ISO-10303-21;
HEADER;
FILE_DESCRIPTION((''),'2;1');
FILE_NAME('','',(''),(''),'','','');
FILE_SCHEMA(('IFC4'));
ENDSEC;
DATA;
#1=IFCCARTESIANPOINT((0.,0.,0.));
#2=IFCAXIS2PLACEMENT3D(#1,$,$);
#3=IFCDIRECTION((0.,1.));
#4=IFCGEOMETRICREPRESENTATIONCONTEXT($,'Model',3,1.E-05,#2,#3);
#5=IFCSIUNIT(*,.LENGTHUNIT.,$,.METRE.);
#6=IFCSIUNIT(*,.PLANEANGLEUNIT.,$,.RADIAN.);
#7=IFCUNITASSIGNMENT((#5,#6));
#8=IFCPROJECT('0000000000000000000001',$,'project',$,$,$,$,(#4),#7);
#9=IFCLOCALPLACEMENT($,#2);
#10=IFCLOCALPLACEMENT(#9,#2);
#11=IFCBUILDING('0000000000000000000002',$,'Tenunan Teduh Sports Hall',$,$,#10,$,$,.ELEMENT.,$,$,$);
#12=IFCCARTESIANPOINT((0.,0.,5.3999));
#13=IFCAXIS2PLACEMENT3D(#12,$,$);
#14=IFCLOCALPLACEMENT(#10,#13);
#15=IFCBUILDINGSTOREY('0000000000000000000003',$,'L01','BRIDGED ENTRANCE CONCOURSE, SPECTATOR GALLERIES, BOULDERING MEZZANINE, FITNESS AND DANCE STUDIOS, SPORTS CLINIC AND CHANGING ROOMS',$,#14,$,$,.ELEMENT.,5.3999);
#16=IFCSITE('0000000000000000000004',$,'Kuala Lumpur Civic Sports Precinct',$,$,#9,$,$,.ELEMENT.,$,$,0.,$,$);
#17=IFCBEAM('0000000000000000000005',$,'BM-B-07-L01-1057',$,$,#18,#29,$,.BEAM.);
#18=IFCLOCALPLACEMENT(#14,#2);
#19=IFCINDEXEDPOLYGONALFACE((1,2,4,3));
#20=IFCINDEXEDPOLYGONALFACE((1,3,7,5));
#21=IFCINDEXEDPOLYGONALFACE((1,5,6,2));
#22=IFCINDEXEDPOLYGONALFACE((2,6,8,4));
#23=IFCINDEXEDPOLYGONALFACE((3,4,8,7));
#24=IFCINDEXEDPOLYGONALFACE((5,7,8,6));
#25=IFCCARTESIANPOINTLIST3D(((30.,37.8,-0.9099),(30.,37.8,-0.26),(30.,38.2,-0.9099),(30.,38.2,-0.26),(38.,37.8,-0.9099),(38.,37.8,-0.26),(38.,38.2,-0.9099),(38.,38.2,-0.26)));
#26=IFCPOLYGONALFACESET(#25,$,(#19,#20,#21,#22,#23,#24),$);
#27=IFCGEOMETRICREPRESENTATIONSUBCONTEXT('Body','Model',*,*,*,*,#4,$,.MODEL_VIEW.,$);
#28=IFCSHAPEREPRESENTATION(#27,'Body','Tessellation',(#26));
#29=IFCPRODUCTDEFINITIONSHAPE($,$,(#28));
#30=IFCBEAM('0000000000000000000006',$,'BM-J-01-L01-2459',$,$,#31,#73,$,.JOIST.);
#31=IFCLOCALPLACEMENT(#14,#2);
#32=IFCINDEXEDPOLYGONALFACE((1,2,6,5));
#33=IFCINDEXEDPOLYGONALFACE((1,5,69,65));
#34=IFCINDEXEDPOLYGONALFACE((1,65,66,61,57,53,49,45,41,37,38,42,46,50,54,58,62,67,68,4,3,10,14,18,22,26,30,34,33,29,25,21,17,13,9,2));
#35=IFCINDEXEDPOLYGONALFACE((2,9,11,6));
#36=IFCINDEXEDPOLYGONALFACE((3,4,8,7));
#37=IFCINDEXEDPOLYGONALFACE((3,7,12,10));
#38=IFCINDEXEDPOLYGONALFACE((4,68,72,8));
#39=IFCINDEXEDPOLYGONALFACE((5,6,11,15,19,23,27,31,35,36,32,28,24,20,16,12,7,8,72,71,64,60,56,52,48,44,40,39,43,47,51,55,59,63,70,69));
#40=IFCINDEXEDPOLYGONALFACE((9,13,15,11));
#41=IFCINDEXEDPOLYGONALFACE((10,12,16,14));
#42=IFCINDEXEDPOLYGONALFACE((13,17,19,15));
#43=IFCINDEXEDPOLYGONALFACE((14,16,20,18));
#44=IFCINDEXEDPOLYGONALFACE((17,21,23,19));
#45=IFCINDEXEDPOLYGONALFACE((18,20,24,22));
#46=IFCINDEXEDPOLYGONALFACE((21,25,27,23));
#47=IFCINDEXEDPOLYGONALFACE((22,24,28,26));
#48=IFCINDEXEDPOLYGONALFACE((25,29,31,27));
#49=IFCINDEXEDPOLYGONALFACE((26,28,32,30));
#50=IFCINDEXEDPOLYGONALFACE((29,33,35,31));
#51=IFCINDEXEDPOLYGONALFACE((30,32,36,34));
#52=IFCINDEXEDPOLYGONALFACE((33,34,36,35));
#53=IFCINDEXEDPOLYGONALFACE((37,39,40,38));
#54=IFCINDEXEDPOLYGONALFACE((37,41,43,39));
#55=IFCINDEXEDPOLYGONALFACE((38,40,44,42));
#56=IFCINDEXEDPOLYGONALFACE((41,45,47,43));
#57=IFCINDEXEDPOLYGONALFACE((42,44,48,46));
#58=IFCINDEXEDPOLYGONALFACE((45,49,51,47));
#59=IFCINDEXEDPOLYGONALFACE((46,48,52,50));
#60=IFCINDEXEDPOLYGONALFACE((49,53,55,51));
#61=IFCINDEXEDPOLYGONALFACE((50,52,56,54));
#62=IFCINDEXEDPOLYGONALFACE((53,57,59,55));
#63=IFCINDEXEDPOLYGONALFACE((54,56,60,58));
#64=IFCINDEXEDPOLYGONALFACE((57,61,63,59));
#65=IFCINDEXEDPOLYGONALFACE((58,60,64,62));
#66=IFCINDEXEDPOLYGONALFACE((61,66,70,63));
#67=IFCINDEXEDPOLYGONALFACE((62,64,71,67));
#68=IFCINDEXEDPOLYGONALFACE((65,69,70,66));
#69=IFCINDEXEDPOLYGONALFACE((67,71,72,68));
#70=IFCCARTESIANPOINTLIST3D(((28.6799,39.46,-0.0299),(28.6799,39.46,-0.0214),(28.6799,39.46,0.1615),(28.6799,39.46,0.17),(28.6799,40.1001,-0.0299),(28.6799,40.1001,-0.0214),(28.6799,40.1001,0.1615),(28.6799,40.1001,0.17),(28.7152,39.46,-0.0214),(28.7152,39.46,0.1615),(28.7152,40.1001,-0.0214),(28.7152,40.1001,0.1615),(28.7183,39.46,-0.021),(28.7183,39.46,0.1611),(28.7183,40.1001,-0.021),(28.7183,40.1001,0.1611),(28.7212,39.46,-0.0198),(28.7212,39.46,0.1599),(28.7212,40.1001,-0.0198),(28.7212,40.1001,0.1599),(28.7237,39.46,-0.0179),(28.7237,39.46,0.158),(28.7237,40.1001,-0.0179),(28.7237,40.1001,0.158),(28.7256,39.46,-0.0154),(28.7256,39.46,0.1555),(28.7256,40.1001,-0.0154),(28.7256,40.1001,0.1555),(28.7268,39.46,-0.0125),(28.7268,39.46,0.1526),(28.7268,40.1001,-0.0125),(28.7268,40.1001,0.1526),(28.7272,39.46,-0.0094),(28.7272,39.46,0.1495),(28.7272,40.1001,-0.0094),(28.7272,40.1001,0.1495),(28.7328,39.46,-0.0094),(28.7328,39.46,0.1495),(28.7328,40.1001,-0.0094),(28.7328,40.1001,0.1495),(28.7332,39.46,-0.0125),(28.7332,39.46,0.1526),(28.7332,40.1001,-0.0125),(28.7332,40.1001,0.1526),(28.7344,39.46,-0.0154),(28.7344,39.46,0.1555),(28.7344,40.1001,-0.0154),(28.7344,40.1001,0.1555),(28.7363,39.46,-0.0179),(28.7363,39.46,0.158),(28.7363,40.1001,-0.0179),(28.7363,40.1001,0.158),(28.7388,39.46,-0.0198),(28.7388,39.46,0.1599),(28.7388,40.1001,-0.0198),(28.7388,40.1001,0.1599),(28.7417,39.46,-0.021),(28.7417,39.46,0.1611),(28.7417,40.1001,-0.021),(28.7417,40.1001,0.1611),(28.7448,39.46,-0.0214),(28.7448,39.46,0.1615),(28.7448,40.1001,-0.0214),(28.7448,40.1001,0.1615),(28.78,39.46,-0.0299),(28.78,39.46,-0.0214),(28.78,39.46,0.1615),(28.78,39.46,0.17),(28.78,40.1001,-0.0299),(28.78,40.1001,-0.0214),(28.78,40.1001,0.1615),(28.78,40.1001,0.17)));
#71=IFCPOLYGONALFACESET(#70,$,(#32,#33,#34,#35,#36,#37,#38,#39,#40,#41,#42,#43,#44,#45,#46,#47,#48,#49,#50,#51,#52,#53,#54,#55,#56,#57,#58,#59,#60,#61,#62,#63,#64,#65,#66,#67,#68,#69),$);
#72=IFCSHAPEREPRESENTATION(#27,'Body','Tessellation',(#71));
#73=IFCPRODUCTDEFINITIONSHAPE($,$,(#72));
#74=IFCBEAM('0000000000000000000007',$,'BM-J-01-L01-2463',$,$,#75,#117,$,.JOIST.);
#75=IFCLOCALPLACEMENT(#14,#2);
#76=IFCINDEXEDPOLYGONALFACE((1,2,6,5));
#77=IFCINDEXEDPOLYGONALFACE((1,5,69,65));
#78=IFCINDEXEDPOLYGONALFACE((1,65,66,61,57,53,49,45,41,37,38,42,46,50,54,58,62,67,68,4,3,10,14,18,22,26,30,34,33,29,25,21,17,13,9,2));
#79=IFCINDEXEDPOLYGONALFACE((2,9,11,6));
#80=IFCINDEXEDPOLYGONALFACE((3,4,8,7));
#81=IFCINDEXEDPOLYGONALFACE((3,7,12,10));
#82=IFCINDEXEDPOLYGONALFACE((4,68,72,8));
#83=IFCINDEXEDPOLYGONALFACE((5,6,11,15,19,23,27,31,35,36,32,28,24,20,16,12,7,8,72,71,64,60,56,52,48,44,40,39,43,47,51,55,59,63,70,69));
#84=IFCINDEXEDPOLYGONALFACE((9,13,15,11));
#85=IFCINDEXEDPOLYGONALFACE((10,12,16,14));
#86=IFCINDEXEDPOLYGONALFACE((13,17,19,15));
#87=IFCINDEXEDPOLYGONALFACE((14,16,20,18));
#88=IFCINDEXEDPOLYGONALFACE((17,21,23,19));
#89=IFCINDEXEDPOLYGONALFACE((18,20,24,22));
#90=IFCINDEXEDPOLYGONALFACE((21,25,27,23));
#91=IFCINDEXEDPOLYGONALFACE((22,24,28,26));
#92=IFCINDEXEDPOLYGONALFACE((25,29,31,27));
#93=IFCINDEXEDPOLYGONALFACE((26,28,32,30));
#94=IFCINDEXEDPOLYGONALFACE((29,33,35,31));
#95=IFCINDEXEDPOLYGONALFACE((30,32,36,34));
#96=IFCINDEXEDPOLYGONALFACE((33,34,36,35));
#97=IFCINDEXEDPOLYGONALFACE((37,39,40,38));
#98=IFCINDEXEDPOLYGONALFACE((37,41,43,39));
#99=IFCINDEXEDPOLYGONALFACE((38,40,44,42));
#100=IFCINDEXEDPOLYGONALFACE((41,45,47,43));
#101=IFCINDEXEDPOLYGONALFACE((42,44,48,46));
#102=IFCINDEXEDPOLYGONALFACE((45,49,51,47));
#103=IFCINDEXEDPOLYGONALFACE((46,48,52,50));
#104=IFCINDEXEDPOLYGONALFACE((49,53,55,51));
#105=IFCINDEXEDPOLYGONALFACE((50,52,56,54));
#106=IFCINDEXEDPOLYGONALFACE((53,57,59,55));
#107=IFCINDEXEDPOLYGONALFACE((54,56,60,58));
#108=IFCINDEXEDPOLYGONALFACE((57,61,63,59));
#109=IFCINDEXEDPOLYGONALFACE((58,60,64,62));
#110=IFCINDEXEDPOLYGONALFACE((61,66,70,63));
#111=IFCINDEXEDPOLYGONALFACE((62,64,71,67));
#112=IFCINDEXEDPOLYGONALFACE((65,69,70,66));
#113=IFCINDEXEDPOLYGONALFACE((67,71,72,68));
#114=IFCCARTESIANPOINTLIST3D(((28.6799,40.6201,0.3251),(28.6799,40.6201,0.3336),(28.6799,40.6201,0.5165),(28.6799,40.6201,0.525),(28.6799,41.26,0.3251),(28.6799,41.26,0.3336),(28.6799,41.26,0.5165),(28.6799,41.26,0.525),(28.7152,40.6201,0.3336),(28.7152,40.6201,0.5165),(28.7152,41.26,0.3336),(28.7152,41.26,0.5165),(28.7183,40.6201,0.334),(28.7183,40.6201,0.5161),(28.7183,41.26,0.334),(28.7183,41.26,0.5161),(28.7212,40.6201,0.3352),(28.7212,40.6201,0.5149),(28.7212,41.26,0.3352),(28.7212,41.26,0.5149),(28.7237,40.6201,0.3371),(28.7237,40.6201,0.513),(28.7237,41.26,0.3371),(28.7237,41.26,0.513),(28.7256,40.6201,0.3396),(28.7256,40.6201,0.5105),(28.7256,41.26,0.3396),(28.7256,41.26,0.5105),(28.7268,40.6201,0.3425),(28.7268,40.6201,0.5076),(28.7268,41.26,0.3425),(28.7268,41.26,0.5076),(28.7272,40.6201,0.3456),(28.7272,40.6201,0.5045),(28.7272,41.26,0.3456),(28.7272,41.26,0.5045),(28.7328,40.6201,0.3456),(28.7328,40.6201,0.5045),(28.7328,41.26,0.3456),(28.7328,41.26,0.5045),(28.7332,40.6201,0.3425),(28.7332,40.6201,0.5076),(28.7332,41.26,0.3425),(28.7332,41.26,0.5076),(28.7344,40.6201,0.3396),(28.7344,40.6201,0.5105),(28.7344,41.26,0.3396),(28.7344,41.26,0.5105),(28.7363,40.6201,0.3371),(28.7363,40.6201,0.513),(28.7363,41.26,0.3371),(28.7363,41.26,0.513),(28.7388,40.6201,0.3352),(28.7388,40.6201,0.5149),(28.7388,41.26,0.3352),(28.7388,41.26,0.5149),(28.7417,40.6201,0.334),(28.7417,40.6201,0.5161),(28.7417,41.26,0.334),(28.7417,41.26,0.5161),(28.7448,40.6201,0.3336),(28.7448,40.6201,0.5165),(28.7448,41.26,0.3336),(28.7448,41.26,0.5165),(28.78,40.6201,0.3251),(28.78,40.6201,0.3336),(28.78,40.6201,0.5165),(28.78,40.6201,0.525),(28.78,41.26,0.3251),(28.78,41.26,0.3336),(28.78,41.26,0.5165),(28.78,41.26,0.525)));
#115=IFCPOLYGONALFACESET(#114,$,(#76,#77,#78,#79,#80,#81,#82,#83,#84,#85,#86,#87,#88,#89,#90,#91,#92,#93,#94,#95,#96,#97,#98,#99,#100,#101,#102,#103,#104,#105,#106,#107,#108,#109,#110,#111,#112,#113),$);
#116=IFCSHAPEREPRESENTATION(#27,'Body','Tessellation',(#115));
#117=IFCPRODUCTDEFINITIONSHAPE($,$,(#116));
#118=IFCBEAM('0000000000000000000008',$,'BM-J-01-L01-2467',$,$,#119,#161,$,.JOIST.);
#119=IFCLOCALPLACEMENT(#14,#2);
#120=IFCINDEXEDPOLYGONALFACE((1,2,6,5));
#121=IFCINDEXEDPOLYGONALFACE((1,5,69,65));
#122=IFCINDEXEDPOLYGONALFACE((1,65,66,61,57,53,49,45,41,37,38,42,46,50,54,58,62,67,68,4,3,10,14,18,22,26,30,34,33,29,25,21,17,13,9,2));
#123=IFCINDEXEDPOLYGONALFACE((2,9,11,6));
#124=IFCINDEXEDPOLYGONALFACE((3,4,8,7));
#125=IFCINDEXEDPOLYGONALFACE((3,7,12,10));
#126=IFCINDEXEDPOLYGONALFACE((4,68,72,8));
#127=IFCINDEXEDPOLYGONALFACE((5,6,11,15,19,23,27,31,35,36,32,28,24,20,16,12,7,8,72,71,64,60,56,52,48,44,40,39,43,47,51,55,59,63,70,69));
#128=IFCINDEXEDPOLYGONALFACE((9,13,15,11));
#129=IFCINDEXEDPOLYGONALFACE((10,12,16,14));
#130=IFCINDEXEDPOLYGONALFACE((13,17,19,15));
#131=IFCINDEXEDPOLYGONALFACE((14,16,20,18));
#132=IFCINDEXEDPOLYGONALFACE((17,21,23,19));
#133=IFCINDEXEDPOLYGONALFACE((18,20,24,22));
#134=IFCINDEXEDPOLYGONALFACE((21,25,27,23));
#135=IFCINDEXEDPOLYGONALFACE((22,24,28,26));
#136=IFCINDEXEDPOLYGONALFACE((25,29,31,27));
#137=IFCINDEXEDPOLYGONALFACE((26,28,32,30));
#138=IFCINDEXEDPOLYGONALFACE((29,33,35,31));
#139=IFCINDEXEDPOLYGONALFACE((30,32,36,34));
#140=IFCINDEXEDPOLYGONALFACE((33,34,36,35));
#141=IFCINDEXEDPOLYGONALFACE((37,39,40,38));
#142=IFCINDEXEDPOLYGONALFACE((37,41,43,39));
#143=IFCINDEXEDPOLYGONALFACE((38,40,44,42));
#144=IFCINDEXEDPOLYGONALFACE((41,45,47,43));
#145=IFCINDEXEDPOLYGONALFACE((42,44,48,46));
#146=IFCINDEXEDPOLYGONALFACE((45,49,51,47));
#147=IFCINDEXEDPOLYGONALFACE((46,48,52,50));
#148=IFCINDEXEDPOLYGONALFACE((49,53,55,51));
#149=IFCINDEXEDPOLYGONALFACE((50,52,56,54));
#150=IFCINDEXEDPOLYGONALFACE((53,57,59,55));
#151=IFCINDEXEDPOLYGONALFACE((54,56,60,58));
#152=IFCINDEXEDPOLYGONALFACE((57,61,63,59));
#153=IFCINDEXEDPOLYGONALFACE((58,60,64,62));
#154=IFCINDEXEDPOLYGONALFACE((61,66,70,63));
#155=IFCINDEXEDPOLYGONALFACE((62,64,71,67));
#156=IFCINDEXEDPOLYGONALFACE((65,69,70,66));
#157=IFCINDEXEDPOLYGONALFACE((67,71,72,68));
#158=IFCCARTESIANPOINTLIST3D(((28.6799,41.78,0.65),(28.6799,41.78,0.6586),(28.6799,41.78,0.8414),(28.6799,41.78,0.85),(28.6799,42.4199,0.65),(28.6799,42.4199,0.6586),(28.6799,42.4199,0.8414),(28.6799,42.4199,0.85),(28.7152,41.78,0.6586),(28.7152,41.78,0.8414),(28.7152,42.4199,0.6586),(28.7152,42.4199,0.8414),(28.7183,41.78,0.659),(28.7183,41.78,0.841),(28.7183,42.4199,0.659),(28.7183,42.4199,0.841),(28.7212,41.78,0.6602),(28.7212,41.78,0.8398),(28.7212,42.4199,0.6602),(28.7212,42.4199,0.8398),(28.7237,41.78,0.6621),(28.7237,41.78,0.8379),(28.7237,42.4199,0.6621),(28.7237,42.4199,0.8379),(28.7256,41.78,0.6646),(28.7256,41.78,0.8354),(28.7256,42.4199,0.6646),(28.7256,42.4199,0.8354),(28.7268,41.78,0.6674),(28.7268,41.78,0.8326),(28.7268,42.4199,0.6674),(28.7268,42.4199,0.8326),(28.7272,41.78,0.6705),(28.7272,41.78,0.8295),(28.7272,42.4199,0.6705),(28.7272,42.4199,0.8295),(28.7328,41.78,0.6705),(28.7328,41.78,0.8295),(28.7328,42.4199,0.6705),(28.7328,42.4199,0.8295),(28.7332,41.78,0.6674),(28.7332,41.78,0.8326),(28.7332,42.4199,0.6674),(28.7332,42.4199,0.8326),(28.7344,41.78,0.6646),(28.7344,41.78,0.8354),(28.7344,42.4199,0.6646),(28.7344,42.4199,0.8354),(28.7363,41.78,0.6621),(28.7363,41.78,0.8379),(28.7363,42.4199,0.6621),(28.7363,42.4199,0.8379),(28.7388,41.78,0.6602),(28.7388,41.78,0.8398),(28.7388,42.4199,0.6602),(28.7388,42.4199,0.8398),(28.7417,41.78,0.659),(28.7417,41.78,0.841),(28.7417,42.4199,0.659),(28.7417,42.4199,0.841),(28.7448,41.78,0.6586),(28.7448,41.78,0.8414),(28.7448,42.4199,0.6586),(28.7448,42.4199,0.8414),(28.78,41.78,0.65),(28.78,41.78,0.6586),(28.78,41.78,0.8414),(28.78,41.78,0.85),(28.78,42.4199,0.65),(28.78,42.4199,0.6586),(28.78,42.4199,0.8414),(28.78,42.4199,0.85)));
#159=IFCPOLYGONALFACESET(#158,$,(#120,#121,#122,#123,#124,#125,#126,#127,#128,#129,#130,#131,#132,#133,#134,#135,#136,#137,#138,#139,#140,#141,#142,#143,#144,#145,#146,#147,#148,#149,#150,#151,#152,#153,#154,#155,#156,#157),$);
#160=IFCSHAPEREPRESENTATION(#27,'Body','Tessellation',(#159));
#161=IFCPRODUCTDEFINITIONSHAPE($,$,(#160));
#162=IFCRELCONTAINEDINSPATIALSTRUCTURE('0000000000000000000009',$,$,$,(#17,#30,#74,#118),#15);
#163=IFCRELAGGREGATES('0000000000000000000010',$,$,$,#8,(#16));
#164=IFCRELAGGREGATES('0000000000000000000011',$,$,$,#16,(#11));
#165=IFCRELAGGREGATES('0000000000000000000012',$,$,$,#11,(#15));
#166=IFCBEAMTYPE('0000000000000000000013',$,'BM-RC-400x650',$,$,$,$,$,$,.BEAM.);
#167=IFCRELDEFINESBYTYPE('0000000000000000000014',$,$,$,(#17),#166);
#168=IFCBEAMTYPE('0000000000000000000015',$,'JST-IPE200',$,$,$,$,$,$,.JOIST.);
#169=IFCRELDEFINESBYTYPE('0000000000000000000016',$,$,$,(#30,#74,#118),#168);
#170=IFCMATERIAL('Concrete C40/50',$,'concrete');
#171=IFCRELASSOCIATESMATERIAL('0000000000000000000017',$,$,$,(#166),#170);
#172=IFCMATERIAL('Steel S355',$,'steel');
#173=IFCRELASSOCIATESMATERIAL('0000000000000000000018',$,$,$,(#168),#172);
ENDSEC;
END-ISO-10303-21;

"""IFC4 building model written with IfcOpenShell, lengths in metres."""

from ifc_helpers import new_model, si_unit, direction, frame, origin, origin_2d, place, context, subcontext, project, spatial, rectangle, i_section, extrude, material, material_profile, profile_set, type_object, element, save


model = new_model("IFC4")

# Units and contexts
model_context = context("Model", 3, precision=1e-05, world=origin(), true_north=direction((0.0, 1.0)))
body_context = subcontext(model_context, "Body", "Model", "MODEL_VIEW")
ifc_project = project(units=[si_unit("LENGTHUNIT", "METRE"), si_unit("PLANEANGLEUNIT", "RADIAN")], contexts=[model_context])

# Site, building, storey
site_placement = place(None, origin())
site = spatial("IfcSite", under=ifc_project, at=site_placement, Name="Kuala Lumpur Civic Sports Precinct", CompositionType="ELEMENT", RefElevation=0.0)
building_placement = place(site_placement, origin())
building = spatial("IfcBuilding", under=site, at=building_placement, Name="Tenunan Teduh Sports Hall", CompositionType="ELEMENT")
storey_placement = place(building_placement, frame((0.0, 0.0, 5.3999)))
storey = spatial("IfcBuildingStorey", under=building, at=storey_placement, Name="L01", Description="BRIDGED ENTRANCE CONCOURSE, SPECTATOR GALLERIES, BOULDERING MEZZANINE, FITNESS AND DANCE STUDIOS, SPORTS CLINIC AND CHANGING ROOMS", CompositionType="ELEMENT", Elevation=5.3999)

# Beams
ifc_material_1 = material(Name="Concrete C40/50", Category="concrete")
ifc_material_profile_1 = material_profile(ifc_material_1, rectangle(XDim=0.3999, YDim=0.6499, at=origin_2d()), Name="RCB 400x650")
ifc_profile_set_1 = profile_set([ifc_material_profile_1], Name="Concrete C40/50")
beam_type_1 = type_object("IfcBeamType", Name="BM-RC-400x650", PredefinedType="BEAM", material=ifc_profile_set_1)
beam_1_placement = place(storey_placement, frame((30.0, 38.0, -0.585), z_axis=(1.0, 0.0, 0.0), x_axis=(0.0, 1.0, 0.0)))
element("IfcBeam", 1, at=beam_1_placement, inside=storey, type_object=beam_type_1, Name="BM-B-07-L01-1057", PredefinedType="BEAM", context=body_context, shape_type="SweptSolid", body=[
    extrude(rectangle(XDim=0.3999, YDim=0.6499, at=origin_2d()), origin(), (0.0, 0.0, 1.0), 8.0),
])
ifc_material_2 = material(Name="Steel S355", Category="steel")
ifc_material_profile_2 = material_profile(ifc_material_2, i_section(OverallWidth=0.1001, OverallDepth=0.2, WebThickness=0.0056, FlangeThickness=0.0085, FilletRadius=0.012, at=origin_2d()), Name="IPE 200")
ifc_profile_set_2 = profile_set([ifc_material_profile_2], Name="Steel S355")
beam_type_2 = type_object("IfcBeamType", Name="JST-IPE200", PredefinedType="JOIST", material=ifc_profile_set_2)
beam_2_placement = place(storey_placement, frame((28.73, 39.46, 0.0701), z_axis=(0.0, 1.0, 0.0), x_axis=(-1.0, 0.0, 0.0)))
element("IfcBeam", 2, at=beam_2_placement, inside=storey, type_object=beam_type_2, Name="BM-J-01-L01-2459", PredefinedType="JOIST", context=body_context, shape_type="SweptSolid", body=[
    extrude(i_section(OverallWidth=0.1001, OverallDepth=0.2, WebThickness=0.0056, FlangeThickness=0.0085, FilletRadius=0.012, at=origin_2d()), origin(), (0.0, 0.0, 1.0), 0.6401),
])
for number, where, z_axis, x_axis, name in (
    (3, (28.73, 40.6201, 0.425), (0.0, 1.0, 0.0), (-1.0, 0.0, 0.0), "BM-J-01-L01-2463"),
    (4, (28.73, 41.78, 0.75), (0.0, 1.0, 0.0), (-1.0, 0.0, 0.0), "BM-J-01-L01-2467"),
):
    element("IfcBeam", number, at=place(storey_placement, frame(where, z_axis=z_axis, x_axis=x_axis)), inside=storey, type_object=beam_type_2, Name=name, PredefinedType="JOIST", context=body_context, shape_type="SweptSolid", body=[
        extrude(i_section(OverallWidth=0.1001, OverallDepth=0.2, WebThickness=0.0056, FlangeThickness=0.0085, FilletRadius=0.012, at=origin_2d()), origin(), (0.0, 0.0, 1.0), 0.6399),
    ])

save(model, "model.ifc")
